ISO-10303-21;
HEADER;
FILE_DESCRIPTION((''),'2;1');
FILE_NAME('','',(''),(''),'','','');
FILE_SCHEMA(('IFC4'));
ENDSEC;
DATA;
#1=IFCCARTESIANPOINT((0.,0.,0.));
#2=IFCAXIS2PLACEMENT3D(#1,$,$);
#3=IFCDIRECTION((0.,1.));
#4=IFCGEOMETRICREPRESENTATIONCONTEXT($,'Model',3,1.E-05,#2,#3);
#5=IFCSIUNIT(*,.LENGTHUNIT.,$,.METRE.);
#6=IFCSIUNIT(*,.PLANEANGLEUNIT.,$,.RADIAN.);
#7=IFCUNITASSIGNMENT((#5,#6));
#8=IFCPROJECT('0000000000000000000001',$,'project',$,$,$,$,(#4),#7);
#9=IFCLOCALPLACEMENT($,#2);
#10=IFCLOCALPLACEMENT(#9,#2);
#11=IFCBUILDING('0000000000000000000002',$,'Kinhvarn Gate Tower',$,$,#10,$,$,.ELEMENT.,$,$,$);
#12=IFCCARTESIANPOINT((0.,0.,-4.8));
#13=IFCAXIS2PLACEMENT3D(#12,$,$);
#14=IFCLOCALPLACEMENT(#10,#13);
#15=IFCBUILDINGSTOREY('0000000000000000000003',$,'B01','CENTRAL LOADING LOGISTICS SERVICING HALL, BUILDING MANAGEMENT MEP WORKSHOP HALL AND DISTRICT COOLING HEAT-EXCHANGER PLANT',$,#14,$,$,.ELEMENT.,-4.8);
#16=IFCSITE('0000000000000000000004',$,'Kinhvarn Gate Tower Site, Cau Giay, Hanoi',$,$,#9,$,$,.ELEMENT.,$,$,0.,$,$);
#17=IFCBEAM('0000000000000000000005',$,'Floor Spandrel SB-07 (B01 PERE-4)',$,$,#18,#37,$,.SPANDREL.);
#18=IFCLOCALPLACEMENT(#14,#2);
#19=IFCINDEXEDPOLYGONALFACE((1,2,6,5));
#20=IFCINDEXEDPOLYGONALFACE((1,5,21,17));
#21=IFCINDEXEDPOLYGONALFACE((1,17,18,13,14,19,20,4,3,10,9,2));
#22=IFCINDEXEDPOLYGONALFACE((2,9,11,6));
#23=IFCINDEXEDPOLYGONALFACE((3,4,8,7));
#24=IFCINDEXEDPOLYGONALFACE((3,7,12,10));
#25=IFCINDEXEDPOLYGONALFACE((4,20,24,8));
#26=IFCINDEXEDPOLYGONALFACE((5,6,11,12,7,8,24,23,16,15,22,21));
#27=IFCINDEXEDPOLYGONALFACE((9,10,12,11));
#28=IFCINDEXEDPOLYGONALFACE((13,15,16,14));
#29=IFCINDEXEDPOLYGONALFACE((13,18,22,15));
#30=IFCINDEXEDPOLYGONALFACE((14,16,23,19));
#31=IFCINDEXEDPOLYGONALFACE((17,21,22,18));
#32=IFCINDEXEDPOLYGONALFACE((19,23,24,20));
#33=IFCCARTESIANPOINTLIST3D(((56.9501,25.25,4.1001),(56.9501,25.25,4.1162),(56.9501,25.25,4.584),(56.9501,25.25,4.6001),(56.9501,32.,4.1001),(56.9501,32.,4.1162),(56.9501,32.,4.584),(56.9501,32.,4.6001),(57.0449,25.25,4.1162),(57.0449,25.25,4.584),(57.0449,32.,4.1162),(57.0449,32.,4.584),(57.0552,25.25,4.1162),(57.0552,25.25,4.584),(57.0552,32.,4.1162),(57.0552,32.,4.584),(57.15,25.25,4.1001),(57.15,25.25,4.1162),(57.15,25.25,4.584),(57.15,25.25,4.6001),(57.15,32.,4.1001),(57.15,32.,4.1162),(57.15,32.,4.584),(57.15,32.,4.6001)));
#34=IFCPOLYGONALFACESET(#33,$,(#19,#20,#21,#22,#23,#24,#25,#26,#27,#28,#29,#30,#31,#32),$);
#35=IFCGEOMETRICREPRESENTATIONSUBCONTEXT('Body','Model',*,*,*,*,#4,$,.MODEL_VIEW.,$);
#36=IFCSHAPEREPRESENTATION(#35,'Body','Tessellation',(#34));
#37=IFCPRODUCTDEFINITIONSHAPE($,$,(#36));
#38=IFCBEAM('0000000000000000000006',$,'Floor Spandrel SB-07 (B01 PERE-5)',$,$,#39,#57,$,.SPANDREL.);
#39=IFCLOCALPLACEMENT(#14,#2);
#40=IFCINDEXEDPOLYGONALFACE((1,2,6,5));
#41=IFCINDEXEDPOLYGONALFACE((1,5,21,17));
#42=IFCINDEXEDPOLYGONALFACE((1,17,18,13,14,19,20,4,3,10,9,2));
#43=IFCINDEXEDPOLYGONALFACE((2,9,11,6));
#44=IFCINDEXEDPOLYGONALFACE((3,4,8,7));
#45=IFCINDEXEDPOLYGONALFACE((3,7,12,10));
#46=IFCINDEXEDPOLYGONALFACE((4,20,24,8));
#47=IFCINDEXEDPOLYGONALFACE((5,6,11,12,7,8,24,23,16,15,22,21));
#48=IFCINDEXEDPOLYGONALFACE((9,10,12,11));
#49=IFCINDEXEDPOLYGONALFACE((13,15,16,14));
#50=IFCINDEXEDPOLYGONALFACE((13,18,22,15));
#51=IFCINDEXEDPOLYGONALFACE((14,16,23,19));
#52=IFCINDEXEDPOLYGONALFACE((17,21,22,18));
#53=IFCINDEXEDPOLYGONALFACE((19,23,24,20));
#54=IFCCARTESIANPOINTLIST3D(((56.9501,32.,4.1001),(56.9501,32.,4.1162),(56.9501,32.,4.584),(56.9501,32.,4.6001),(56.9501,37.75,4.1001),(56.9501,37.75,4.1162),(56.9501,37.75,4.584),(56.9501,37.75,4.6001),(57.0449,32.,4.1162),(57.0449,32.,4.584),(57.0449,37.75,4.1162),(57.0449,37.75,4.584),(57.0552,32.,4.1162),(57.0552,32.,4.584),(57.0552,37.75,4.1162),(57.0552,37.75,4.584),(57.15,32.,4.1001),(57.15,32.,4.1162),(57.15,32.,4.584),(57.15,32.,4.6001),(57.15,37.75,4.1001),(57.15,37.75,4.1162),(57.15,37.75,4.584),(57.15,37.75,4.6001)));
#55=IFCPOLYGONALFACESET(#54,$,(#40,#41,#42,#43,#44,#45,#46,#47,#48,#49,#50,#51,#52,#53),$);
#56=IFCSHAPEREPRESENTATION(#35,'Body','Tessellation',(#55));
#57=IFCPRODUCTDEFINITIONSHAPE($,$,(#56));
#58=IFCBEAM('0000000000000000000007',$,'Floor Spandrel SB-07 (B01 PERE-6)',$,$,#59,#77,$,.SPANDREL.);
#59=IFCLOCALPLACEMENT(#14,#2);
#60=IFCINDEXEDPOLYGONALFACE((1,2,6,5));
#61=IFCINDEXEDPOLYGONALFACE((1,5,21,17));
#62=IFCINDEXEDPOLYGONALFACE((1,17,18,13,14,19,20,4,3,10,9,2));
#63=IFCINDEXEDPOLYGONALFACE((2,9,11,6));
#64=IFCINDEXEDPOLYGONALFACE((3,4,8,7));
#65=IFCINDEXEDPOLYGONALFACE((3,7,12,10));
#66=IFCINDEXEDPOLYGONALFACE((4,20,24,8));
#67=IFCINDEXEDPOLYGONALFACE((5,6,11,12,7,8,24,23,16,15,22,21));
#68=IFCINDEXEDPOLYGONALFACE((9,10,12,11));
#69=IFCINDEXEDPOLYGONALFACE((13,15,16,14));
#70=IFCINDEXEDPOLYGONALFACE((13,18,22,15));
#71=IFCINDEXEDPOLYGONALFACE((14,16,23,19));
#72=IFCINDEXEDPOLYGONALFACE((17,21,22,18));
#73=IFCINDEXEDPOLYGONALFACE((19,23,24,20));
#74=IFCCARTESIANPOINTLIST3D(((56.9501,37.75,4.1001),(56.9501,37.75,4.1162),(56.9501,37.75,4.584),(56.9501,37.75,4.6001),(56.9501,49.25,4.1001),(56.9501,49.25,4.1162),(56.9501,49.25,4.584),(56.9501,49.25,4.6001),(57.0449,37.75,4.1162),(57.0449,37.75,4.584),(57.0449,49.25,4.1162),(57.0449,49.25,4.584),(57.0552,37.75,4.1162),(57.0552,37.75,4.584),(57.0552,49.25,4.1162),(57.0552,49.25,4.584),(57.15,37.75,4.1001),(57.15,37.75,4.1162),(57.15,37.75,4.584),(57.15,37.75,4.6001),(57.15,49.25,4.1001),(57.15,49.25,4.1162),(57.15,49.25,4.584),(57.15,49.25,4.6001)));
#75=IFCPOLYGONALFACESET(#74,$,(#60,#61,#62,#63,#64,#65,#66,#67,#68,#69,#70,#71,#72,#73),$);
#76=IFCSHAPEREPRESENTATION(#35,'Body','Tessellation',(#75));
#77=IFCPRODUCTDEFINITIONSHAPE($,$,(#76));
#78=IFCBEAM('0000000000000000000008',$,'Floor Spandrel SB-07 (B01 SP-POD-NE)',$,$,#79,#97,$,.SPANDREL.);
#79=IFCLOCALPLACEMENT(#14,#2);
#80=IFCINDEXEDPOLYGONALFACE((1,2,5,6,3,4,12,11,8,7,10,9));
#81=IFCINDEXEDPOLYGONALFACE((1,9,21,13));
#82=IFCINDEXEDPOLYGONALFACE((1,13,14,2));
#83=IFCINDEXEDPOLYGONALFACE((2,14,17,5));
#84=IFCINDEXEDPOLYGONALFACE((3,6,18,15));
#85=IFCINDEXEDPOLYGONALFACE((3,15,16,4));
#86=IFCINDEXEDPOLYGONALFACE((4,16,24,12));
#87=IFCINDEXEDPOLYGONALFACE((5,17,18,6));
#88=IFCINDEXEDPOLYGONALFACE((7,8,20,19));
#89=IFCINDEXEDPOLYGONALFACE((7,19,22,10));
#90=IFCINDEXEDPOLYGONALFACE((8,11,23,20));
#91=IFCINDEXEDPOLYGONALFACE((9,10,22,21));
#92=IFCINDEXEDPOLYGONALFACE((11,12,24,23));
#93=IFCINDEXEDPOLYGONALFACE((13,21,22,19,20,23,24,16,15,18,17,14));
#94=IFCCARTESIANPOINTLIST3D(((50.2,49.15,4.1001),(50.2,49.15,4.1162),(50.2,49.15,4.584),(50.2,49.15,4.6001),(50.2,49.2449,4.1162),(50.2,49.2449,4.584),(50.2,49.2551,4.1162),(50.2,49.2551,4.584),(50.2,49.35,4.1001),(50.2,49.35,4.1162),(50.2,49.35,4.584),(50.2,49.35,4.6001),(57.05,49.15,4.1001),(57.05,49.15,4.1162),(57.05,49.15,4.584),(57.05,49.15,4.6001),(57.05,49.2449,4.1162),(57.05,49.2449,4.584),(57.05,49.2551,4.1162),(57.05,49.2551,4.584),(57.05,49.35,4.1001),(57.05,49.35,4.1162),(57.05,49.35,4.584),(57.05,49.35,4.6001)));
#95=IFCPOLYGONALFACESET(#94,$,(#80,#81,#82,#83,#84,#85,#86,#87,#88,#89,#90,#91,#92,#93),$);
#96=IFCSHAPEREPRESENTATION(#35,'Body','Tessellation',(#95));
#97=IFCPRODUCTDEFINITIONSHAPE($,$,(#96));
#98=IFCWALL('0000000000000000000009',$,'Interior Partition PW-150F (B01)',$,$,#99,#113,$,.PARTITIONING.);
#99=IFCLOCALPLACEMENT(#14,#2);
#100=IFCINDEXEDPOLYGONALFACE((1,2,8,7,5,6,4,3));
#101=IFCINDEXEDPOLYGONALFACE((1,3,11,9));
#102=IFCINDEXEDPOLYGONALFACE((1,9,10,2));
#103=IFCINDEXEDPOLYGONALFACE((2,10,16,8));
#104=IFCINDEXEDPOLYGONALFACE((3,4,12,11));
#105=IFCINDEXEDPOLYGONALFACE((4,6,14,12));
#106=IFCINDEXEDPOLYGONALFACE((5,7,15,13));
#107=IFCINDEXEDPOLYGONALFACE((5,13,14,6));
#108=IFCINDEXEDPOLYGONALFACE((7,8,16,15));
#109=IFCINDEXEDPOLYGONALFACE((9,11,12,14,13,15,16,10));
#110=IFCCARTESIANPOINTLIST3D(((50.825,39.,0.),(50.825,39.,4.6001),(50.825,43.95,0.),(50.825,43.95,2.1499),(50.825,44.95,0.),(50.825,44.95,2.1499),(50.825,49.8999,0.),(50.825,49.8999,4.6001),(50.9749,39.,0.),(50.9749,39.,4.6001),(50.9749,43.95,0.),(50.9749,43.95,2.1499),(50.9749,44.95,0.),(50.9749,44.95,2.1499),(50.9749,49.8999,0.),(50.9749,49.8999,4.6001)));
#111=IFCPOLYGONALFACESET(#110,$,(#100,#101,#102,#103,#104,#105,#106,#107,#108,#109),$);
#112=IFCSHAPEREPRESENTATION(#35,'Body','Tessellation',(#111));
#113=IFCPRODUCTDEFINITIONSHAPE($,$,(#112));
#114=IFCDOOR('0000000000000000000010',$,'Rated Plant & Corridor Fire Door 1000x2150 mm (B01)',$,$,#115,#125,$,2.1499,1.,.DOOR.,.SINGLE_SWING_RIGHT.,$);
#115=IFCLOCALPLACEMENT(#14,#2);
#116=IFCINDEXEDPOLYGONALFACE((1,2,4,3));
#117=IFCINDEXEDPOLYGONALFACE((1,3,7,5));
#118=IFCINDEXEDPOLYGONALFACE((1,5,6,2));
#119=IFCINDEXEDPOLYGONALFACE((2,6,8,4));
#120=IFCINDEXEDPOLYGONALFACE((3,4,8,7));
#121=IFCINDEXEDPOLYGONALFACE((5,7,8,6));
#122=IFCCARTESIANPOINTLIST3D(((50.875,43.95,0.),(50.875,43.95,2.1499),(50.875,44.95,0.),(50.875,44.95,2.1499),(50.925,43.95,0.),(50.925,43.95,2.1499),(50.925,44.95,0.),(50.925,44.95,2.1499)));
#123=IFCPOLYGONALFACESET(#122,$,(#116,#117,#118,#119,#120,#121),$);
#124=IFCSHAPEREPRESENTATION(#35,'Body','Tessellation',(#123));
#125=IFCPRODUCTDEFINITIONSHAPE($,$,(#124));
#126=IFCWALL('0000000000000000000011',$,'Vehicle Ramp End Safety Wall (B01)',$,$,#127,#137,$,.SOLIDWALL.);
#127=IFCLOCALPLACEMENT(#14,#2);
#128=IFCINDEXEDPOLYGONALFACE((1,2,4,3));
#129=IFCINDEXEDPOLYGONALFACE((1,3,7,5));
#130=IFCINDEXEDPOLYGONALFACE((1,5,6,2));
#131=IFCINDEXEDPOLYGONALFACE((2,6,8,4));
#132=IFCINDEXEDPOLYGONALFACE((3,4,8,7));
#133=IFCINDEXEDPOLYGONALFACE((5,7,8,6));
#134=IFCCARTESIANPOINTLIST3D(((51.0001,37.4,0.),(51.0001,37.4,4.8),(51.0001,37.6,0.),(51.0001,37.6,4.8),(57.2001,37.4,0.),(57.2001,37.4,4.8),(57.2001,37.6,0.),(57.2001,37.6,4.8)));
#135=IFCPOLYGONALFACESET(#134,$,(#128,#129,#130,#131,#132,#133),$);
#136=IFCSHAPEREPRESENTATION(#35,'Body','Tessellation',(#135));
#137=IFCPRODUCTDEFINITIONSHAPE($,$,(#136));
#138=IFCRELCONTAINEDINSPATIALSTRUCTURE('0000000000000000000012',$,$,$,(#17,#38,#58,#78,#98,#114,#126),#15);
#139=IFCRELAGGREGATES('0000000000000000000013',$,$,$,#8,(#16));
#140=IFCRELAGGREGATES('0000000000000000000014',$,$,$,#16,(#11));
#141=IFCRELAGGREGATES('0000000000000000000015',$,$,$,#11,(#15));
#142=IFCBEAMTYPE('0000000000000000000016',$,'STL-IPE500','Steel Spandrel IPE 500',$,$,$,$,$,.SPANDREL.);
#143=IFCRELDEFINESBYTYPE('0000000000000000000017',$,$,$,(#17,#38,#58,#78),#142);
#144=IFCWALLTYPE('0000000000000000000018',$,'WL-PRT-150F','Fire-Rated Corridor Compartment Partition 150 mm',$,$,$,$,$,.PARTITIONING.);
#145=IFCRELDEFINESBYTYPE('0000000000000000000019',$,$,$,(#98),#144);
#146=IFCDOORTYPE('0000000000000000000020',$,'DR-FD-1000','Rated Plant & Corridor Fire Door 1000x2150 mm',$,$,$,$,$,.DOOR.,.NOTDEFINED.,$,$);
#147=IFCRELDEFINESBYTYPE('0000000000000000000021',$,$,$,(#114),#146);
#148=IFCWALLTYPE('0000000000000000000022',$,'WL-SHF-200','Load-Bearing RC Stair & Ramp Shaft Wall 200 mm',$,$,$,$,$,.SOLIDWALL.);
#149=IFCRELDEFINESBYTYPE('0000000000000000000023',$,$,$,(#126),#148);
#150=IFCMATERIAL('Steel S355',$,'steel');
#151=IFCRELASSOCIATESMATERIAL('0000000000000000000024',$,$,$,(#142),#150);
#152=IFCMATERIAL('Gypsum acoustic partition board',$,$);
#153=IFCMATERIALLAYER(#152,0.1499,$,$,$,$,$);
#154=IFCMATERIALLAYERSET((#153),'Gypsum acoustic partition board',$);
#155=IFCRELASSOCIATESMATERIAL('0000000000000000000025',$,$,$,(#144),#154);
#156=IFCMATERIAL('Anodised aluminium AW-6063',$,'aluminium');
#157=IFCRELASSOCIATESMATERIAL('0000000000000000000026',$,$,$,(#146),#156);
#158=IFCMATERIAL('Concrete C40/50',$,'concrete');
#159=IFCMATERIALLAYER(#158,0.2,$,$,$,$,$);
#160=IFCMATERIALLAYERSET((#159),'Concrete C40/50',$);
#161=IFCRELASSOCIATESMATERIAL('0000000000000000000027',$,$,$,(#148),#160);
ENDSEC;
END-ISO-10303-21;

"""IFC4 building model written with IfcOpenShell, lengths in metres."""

from ifc_helpers import new_model, si_unit, direction, frame, frame_2d, origin, origin_2d, place, context, subcontext, project, spatial, rectangle, i_section, extrude, material, layer, layer_set, material_profile, profile_set, type_object, element, fill, save


model = new_model("IFC4")

# Units and contexts
model_context = context("Model", 3, precision=1e-05, world=origin(), true_north=direction((0.0, 1.0)))
body_context = subcontext(model_context, "Body", "Model", "MODEL_VIEW")
ifc_project = project(units=[si_unit("LENGTHUNIT", "METRE"), si_unit("PLANEANGLEUNIT", "RADIAN")], contexts=[model_context])

# Site, building, storey
site_placement = place(None, origin())
site = spatial("IfcSite", under=ifc_project, at=site_placement, Name="Kinhvarn Gate Tower Site, Cau Giay, Hanoi", CompositionType="ELEMENT", RefElevation=0.0)
building_placement = place(site_placement, origin())
building = spatial("IfcBuilding", under=site, at=building_placement, Name="Kinhvarn Gate Tower", CompositionType="ELEMENT")
storey_placement = place(building_placement, frame((0.0, 0.0, -4.8)))
storey = spatial("IfcBuildingStorey", under=building, at=storey_placement, Name="B01", Description="CENTRAL LOADING LOGISTICS SERVICING HALL, BUILDING MANAGEMENT MEP WORKSHOP HALL AND DISTRICT COOLING HEAT-EXCHANGER PLANT", CompositionType="ELEMENT", Elevation=-4.8)

# Beams
ifc_material_1 = material(Name="Steel S355", Category="steel")
ifc_material_profile_1 = material_profile(ifc_material_1, i_section(OverallWidth=0.2, OverallDepth=0.5, WebThickness=0.0103, FlangeThickness=0.0161, at=origin_2d()), Name="IPE 500")
ifc_profile_set_1 = profile_set([ifc_material_profile_1], Name="Steel S355")
beam_type_1 = type_object("IfcBeamType", Name="STL-IPE500", Description="Steel Spandrel IPE 500", PredefinedType="SPANDREL", material=ifc_profile_set_1)
beam_1_placement = place(storey_placement, frame((57.05, 25.25, 4.3501), z_axis=(0.0, 1.0, 0.0), x_axis=(-1.0, 0.0, 0.0)))
element("IfcBeam", 1, at=beam_1_placement, inside=storey, type_object=beam_type_1, Name="Floor Spandrel SB-07 (B01 PERE-4)", PredefinedType="SPANDREL", context=body_context, shape_type="SweptSolid", body=[
    extrude(i_section(OverallWidth=0.2, OverallDepth=0.5, WebThickness=0.0103, FlangeThickness=0.0161, at=origin_2d()), origin(), (0.0, 0.0, 1.0), 6.75),
])
beam_2_placement = place(storey_placement, frame((57.05, 32.0, 4.3501), z_axis=(0.0, 1.0, 0.0), x_axis=(-1.0, 0.0, 0.0)))
element("IfcBeam", 2, at=beam_2_placement, inside=storey, type_object=beam_type_1, Name="Floor Spandrel SB-07 (B01 PERE-5)", PredefinedType="SPANDREL", context=body_context, shape_type="SweptSolid", body=[
    extrude(i_section(OverallWidth=0.2, OverallDepth=0.5, WebThickness=0.0103, FlangeThickness=0.0161, at=origin_2d()), origin(), (0.0, 0.0, 1.0), 5.75),
])
beam_3_placement = place(storey_placement, frame((57.05, 37.75, 4.3501), z_axis=(0.0, 1.0, 0.0), x_axis=(-1.0, 0.0, 0.0)))
element("IfcBeam", 3, at=beam_3_placement, inside=storey, type_object=beam_type_1, Name="Floor Spandrel SB-07 (B01 PERE-6)", PredefinedType="SPANDREL", context=body_context, shape_type="SweptSolid", body=[
    extrude(i_section(OverallWidth=0.2, OverallDepth=0.5, WebThickness=0.0103, FlangeThickness=0.0161, at=origin_2d()), origin(), (0.0, 0.0, 1.0), 11.5),
])
beam_4_placement = place(storey_placement, frame((50.2, 49.25, 4.3501), z_axis=(1.0, 0.0, 0.0), x_axis=(0.0, 1.0, 0.0)))
element("IfcBeam", 4, at=beam_4_placement, inside=storey, type_object=beam_type_1, Name="Floor Spandrel SB-07 (B01 SP-POD-NE)", PredefinedType="SPANDREL", context=body_context, shape_type="SweptSolid", body=[
    extrude(i_section(OverallWidth=0.2, OverallDepth=0.5, WebThickness=0.0103, FlangeThickness=0.0161, at=origin_2d()), origin(), (0.0, 0.0, 1.0), 6.8501),
])

# Wall, opening, door
ifc_material_2 = material(Name="Gypsum acoustic partition board")
ifc_layer_1 = layer(ifc_material_2, 0.1499)
ifc_layer_set_1 = layer_set([ifc_layer_1], Name="Gypsum acoustic partition board")
wall_type_1 = type_object("IfcWallType", Name="WL-PRT-150F", Description="Fire-Rated Corridor Compartment Partition 150 mm", PredefinedType="PARTITIONING", material=ifc_layer_set_1)
wall_1_placement = place(storey_placement, frame((50.8999, 39.0, 0.0), z_axis=(0.0, 0.0, 1.0), x_axis=(0.0, 1.0, 0.0)))
wall_1 = element("IfcWall", 5, at=wall_1_placement, inside=storey, type_object=wall_type_1, Name="Interior Partition PW-150F (B01)", PredefinedType="PARTITIONING", context=body_context, shape_type="SweptSolid", body=[
    extrude(rectangle(XDim=10.8999, YDim=0.1499, at=frame_2d((5.45, 0.0))), origin(), (0.0, 0.0, 1.0), 4.6001),
])
opening_placement = place(wall_1_placement, frame((4.95, 0.0, 0.0)))
opening = element("IfcOpeningElement", 6, at=opening_placement, cuts=wall_1, PredefinedType="OPENING", context=body_context, shape_type="SweptSolid", body=[
    extrude(rectangle(XDim=1.0, YDim=2.1499, at=frame_2d((0.5, 1.075))), frame((0.0, 0.085, 0.0), z_axis=(0.0, -1.0, 0.0), x_axis=(1.0, 0.0, 0.0)), (0.0, 0.0, 1.0), 0.1699),
])
ifc_material_3 = material(Name="Anodised aluminium AW-6063", Category="aluminium")
door_type = type_object("IfcDoorType", Name="DR-FD-1000", Description="Rated Plant & Corridor Fire Door 1000x2150 mm", OperationType="NOTDEFINED", PredefinedType="DOOR", material=ifc_material_3)
door_placement = place(opening_placement, origin())
door = element("IfcDoor", 7, at=door_placement, inside=storey, type_object=door_type, Name="Rated Plant & Corridor Fire Door 1000x2150 mm (B01)", OperationType="SINGLE_SWING_RIGHT", OverallHeight=2.1499, OverallWidth=1.0, PredefinedType="DOOR", context=body_context, shape_type="SweptSolid", body=[
    extrude(rectangle(XDim=1.0, YDim=2.1499, at=frame_2d((0.5, 1.075))), frame((0.0, 0.0249, 0.0), z_axis=(0.0, -1.0, 0.0), x_axis=(1.0, 0.0, 0.0)), (0.0, 0.0, 1.0), 0.05),
])
fill(opening, door)

# Wall
ifc_material_4 = material(Name="Concrete C40/50", Category="concrete")
ifc_layer_2 = layer(ifc_material_4, 0.2)
ifc_layer_set_2 = layer_set([ifc_layer_2], Name="Concrete C40/50")
wall_type_2 = type_object("IfcWallType", Name="WL-SHF-200", Description="Load-Bearing RC Stair & Ramp Shaft Wall 200 mm", PredefinedType="SOLIDWALL", material=ifc_layer_set_2)
wall_2_placement = place(storey_placement, frame((51.0, 37.5, 0.0), z_axis=(0.0, 0.0, 1.0), x_axis=(1.0, 0.0, 0.0)))
element("IfcWall", 8, at=wall_2_placement, inside=storey, type_object=wall_type_2, Name="Vehicle Ramp End Safety Wall (B01)", PredefinedType="SOLIDWALL", context=body_context, shape_type="SweptSolid", body=[
    extrude(rectangle(XDim=6.2, YDim=0.2, at=frame_2d((3.1001, 0.0))), origin(), (0.0, 0.0, 1.0), 4.8),
])

save(model, "model.ifc")
